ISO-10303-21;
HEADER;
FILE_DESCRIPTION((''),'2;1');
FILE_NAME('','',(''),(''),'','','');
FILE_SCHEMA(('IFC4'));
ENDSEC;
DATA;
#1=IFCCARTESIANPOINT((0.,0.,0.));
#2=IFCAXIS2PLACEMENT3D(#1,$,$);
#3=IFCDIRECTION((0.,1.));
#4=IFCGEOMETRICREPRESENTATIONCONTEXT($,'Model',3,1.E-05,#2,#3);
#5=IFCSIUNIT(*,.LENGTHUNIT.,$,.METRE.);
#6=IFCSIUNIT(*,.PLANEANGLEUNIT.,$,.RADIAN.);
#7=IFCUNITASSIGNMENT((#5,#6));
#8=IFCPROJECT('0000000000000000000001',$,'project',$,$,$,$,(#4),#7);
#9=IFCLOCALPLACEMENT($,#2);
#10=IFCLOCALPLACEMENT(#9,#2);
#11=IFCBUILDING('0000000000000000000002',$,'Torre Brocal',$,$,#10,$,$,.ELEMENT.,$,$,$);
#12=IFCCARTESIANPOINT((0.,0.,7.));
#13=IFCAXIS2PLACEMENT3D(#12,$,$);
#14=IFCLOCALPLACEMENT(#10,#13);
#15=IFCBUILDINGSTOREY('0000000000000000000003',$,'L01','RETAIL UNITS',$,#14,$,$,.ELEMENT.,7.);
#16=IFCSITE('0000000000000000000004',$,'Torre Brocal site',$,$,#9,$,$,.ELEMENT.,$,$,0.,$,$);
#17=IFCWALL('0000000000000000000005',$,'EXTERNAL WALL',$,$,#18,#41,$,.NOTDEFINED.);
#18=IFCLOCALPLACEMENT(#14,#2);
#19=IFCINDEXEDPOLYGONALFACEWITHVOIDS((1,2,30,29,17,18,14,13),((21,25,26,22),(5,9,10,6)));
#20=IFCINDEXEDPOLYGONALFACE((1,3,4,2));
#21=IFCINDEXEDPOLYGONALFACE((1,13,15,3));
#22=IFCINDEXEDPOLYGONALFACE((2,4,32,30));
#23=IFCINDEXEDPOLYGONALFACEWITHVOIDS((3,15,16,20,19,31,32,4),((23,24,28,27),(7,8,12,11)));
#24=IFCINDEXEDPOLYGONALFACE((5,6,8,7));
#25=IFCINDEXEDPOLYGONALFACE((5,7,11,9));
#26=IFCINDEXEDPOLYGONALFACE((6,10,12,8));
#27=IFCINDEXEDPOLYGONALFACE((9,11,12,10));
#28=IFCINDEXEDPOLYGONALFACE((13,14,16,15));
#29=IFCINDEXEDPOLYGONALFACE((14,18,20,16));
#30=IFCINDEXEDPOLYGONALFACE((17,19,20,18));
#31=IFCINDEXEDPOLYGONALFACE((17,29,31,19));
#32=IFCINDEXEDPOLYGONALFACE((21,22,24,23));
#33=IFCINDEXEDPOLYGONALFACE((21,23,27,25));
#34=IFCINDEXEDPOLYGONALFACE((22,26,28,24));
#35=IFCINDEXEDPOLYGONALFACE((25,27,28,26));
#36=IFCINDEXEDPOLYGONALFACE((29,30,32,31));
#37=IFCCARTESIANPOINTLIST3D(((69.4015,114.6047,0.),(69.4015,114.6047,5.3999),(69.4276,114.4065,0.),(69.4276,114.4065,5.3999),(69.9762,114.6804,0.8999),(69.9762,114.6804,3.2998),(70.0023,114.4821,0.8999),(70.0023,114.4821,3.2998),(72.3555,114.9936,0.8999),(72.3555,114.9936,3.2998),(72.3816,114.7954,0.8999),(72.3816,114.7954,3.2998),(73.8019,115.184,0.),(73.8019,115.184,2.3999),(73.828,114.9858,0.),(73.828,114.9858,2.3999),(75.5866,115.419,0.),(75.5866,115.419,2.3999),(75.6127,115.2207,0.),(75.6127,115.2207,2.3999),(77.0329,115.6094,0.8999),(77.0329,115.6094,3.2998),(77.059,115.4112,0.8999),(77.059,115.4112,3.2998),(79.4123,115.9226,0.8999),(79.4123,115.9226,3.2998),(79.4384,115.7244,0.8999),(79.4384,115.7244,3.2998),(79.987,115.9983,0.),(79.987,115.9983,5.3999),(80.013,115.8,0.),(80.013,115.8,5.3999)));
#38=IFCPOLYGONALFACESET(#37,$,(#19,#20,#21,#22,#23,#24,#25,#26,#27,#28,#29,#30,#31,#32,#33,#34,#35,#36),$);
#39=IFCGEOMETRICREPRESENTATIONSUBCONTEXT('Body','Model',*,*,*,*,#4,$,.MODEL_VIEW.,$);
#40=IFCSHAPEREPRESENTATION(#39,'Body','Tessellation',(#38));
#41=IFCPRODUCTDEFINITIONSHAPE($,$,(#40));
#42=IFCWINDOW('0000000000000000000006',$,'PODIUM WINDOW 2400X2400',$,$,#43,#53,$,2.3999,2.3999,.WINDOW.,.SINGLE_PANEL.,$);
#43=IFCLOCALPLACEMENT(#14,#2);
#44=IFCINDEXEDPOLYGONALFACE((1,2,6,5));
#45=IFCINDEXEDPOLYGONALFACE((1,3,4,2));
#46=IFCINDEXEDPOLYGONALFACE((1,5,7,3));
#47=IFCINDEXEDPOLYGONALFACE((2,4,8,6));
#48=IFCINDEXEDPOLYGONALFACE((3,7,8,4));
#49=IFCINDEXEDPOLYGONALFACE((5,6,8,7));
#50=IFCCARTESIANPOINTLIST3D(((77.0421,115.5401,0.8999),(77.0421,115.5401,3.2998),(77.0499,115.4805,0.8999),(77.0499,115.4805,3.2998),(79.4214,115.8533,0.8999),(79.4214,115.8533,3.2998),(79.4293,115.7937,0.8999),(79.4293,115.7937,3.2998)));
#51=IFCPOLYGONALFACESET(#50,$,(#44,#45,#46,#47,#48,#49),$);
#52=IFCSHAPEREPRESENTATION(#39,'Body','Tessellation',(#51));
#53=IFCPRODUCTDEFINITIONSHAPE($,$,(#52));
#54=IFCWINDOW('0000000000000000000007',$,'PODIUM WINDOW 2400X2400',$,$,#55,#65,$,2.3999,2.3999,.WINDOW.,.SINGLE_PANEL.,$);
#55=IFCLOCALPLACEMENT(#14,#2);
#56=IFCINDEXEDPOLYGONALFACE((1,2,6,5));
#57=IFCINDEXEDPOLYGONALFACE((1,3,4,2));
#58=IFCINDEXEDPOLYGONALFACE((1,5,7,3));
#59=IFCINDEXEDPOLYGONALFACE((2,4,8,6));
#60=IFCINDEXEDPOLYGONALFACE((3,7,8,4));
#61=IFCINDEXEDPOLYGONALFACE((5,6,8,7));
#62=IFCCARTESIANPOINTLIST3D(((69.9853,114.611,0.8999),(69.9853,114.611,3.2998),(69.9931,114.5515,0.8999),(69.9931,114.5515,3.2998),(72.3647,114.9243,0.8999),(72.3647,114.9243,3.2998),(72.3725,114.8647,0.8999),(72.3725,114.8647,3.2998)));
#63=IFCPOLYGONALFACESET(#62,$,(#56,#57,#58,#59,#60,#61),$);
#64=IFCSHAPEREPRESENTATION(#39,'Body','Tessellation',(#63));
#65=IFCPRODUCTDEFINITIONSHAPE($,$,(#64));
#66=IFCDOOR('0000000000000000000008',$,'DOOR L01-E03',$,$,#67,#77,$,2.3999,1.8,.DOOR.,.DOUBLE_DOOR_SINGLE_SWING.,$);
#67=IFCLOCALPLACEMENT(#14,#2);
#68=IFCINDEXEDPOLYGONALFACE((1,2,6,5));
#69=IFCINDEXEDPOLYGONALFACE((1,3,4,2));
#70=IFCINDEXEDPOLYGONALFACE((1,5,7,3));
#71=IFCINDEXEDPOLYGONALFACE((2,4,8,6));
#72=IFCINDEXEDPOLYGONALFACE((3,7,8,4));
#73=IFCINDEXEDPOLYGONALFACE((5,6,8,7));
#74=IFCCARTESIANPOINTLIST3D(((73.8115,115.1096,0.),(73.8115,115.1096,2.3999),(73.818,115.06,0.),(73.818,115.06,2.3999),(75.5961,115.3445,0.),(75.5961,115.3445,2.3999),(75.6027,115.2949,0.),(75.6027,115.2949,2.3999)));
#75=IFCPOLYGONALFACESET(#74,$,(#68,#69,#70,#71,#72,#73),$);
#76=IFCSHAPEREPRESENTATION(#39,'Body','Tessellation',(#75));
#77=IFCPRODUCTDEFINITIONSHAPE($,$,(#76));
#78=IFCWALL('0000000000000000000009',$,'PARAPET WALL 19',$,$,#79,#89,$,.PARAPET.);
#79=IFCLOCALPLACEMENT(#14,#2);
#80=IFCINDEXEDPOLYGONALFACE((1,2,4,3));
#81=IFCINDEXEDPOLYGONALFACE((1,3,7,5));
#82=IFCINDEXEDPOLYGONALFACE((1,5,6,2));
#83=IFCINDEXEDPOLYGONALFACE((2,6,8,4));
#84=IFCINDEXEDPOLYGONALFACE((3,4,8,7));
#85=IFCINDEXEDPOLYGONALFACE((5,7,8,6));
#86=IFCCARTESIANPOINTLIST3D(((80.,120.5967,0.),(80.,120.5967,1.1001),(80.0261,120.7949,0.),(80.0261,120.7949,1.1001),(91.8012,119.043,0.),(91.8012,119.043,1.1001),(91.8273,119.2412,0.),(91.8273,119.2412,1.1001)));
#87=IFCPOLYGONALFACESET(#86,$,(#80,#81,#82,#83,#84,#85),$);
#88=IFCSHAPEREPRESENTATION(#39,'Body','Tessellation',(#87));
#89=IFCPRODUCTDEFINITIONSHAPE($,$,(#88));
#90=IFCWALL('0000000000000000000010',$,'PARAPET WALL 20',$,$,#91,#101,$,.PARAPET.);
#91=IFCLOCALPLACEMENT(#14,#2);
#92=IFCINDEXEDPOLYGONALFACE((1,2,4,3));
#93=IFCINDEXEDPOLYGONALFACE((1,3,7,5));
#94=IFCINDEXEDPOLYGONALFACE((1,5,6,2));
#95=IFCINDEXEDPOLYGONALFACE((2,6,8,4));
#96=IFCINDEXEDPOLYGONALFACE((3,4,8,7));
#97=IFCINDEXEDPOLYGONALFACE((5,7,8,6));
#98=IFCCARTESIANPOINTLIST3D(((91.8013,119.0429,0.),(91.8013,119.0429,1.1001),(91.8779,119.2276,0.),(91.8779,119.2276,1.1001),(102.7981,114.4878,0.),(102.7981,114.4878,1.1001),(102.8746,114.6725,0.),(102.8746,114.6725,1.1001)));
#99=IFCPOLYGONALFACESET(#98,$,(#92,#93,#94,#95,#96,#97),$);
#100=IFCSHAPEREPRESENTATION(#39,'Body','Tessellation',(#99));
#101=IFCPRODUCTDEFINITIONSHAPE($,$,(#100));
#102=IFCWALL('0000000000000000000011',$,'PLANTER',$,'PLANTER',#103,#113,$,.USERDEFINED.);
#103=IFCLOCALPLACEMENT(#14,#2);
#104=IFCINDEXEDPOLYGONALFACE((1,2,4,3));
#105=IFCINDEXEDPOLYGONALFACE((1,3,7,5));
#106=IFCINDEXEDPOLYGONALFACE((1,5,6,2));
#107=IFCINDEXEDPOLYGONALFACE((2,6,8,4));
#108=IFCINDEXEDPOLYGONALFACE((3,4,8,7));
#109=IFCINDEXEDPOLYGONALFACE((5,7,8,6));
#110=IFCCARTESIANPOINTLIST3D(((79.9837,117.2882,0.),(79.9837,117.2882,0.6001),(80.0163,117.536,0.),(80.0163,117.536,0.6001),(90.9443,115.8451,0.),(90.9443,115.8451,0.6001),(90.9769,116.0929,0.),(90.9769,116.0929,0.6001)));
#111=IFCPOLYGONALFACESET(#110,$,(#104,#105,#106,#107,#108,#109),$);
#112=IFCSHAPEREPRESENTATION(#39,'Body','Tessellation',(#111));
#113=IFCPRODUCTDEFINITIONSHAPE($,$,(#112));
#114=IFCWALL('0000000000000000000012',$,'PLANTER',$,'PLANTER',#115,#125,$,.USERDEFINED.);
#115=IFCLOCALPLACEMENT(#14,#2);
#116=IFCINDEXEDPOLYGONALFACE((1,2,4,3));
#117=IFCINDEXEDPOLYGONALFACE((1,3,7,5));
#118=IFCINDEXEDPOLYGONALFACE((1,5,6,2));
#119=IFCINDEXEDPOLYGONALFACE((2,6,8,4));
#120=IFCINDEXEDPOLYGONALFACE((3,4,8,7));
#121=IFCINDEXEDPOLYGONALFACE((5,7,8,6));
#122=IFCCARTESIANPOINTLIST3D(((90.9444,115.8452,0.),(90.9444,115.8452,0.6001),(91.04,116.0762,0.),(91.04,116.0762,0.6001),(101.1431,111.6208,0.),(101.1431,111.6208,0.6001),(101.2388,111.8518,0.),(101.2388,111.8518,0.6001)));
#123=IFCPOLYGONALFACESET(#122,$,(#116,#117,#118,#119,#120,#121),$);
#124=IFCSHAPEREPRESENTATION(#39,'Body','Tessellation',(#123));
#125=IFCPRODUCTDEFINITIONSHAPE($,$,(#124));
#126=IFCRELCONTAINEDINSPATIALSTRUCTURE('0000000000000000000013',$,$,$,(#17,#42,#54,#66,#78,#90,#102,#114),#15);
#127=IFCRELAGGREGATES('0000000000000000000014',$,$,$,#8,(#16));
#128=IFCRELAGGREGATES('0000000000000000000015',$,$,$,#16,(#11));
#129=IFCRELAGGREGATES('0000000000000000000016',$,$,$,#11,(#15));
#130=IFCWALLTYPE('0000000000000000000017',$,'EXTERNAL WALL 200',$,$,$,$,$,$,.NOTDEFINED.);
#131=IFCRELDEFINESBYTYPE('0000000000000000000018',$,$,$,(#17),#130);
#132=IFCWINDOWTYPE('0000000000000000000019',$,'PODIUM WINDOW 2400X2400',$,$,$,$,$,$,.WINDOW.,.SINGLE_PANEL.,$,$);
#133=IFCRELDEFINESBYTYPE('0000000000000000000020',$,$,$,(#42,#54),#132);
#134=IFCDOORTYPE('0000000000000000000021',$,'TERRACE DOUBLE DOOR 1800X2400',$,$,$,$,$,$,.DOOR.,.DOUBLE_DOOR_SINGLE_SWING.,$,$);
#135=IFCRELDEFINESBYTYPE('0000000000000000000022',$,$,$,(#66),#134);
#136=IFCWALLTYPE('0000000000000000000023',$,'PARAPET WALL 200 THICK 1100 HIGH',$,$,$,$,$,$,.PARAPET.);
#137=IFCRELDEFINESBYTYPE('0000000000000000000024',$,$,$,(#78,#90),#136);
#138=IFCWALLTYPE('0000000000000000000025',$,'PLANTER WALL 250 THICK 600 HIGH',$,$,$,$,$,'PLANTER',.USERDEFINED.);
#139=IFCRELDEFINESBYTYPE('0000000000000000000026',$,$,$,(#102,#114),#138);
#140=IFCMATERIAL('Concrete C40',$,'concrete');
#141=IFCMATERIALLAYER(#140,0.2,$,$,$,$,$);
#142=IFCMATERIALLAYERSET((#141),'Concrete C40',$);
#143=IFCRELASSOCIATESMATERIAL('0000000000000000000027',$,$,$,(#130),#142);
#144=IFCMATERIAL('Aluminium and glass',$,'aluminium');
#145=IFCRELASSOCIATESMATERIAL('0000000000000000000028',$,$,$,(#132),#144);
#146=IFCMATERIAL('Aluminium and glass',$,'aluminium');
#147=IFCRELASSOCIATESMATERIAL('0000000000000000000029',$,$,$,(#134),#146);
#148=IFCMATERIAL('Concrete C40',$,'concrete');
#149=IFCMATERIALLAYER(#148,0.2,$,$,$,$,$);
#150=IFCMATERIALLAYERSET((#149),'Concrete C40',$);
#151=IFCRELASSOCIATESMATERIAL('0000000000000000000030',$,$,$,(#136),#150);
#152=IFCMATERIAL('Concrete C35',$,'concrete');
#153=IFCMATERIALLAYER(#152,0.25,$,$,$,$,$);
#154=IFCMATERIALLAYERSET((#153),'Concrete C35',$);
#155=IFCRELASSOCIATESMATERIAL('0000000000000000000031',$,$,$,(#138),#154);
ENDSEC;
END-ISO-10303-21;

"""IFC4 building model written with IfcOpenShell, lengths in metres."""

from ifc_helpers import new_model, si_unit, direction, frame, frame_2d, origin, place, context, subcontext, project, spatial, rectangle, extrude, material, layer, layer_set, type_object, element, fill, save


model = new_model("IFC4")

# Units and contexts
model_context = context("Model", 3, precision=1e-05, world=origin(), true_north=direction((0.0, 1.0)))
body_context = subcontext(model_context, "Body", "Model", "MODEL_VIEW")
ifc_project = project(units=[si_unit("LENGTHUNIT", "METRE"), si_unit("PLANEANGLEUNIT", "RADIAN")], contexts=[model_context])

# Site, building, storey
site_placement = place(None, origin())
site = spatial("IfcSite", under=ifc_project, at=site_placement, Name="Torre Brocal site", CompositionType="ELEMENT", RefElevation=0.0)
building_placement = place(site_placement, origin())
building = spatial("IfcBuilding", under=site, at=building_placement, Name="Torre Brocal", CompositionType="ELEMENT")
storey_placement = place(building_placement, frame((0.0, 0.0, 7.0)))
storey = spatial("IfcBuildingStorey", under=building, at=storey_placement, Name="L01", Description="RETAIL UNITS", CompositionType="ELEMENT", Elevation=7.0)

# Wall, openings, windows, door
ifc_material_1 = material(Name="Concrete C40", Category="concrete")
ifc_layer_1 = layer(ifc_material_1, 0.2)
ifc_layer_set_1 = layer_set([ifc_layer_1], Name="Concrete C40")
wall_type_1 = type_object("IfcWallType", Name="EXTERNAL WALL 200", PredefinedType="NOTDEFINED", material=ifc_layer_set_1)
wall_1_placement = place(storey_placement, frame((80.0, 115.8992, 0.0), z_axis=(0.0, 0.0, 1.0), x_axis=(-0.991445, -0.130522, 0.0)))
wall_1 = element("IfcWall", 1, at=wall_1_placement, inside=storey, type_object=wall_type_1, Name="EXTERNAL WALL", PredefinedType="NOTDEFINED", context=body_context, shape_type="SweptSolid", body=[
    extrude(rectangle(XDim=10.6768, YDim=0.2, at=frame_2d((5.3384, 0.0))), origin(), (0.0, 0.0, 1.0), 5.3999),
])
opening_1_placement = place(wall_1_placement, frame((0.5796, 0.0, 0.8999)))
opening_1 = element("IfcOpeningElement", 2, at=opening_1_placement, cuts=wall_1, PredefinedType="OPENING", context=body_context, shape_type="SweptSolid", body=[
    extrude(rectangle(XDim=2.3999, YDim=2.3999, at=frame_2d((1.2, 1.2))), frame((0.0, 0.1099, 0.0), z_axis=(0.0, -1.0, 0.0), x_axis=(1.0, 0.0, 0.0)), (0.0, 0.0, 1.0), 0.22),
])
opening_2_placement = place(wall_1_placement, frame((4.4385, 0.0, 0.0)))
opening_2 = element("IfcOpeningElement", 3, at=opening_2_placement, cuts=wall_1, PredefinedType="OPENING", context=body_context, shape_type="SweptSolid", body=[
    extrude(rectangle(XDim=1.8, YDim=2.3999, at=frame_2d((0.8999, 1.2))), frame((0.0, 0.1099, 0.0), z_axis=(0.0, -1.0, 0.0), x_axis=(1.0, 0.0, 0.0)), (0.0, 0.0, 1.0), 0.22),
])
opening_3_placement = place(wall_1_placement, frame((7.6973, 0.0, 0.8999)))
opening_3 = element("IfcOpeningElement", 4, at=opening_3_placement, cuts=wall_1, PredefinedType="OPENING", context=body_context, shape_type="SweptSolid", body=[
    extrude(rectangle(XDim=2.3999, YDim=2.3999, at=frame_2d((1.2, 1.2))), frame((0.0, 0.1099, 0.0), z_axis=(0.0, -1.0, 0.0), x_axis=(1.0, 0.0, 0.0)), (0.0, 0.0, 1.0), 0.22),
])
ifc_material_2 = material(Name="Aluminium and glass", Category="aluminium")
window_type = type_object("IfcWindowType", Name="PODIUM WINDOW 2400X2400", PartitioningType="SINGLE_PANEL", PredefinedType="WINDOW", material=ifc_material_2)
window_1_placement = place(opening_1_placement, origin())
window_1 = element("IfcWindow", 5, at=window_1_placement, inside=storey, type_object=window_type, Name="PODIUM WINDOW 2400X2400", OverallHeight=2.3999, OverallWidth=2.3999, PartitioningType="SINGLE_PANEL", PredefinedType="WINDOW", context=body_context, shape_type="SweptSolid", body=[
    extrude(rectangle(XDim=2.3999, YDim=2.3999, at=frame_2d((1.2, 1.2))), frame((0.0, 0.03, 0.0), z_axis=(0.0, -1.0, 0.0), x_axis=(1.0, 0.0, 0.0)), (0.0, 0.0, 1.0), 0.0601),
])
fill(opening_1, window_1)
window_2_placement = place(opening_3_placement, origin())
window_2 = element("IfcWindow", 6, at=window_2_placement, inside=storey, type_object=window_type, Name="PODIUM WINDOW 2400X2400", OverallHeight=2.3999, OverallWidth=2.3999, PartitioningType="SINGLE_PANEL", PredefinedType="WINDOW", context=body_context, shape_type="SweptSolid", body=[
    extrude(rectangle(XDim=2.3999, YDim=2.3999, at=frame_2d((1.2, 1.2))), frame((0.0, 0.03, 0.0), z_axis=(0.0, -1.0, 0.0), x_axis=(1.0, 0.0, 0.0)), (0.0, 0.0, 1.0), 0.0601),
])
fill(opening_3, window_2)
ifc_material_3 = material(Name="Aluminium and glass", Category="aluminium")
door_type = type_object("IfcDoorType", Name="TERRACE DOUBLE DOOR 1800X2400", OperationType="DOUBLE_DOOR_SINGLE_SWING", PredefinedType="DOOR", material=ifc_material_3)
door_placement = place(opening_2_placement, frame((1.8, 0.0, 0.0), z_axis=(0.0, 0.0, 1.0), x_axis=(-1.0, 0.0, 0.0)))
door = element("IfcDoor", 7, at=door_placement, inside=storey, type_object=door_type, Name="DOOR L01-E03", OperationType="DOUBLE_DOOR_SINGLE_SWING", OverallHeight=2.3999, OverallWidth=1.8, PredefinedType="DOOR", context=body_context, shape_type="SweptSolid", body=[
    extrude(rectangle(XDim=1.8, YDim=2.3999, at=frame_2d((0.8999, 1.2))), frame((0.0, 0.0249, 0.0), z_axis=(0.0, -1.0, 0.0), x_axis=(1.0, 0.0, 0.0)), (0.0, 0.0, 1.0), 0.05),
])
fill(opening_2, door)

# Walls
ifc_material_4 = material(Name="Concrete C40", Category="concrete")
ifc_layer_2 = layer(ifc_material_4, 0.2)
ifc_layer_set_2 = layer_set([ifc_layer_2], Name="Concrete C40")
wall_type_2 = type_object("IfcWallType", Name="PARAPET WALL 200 THICK 1100 HIGH", PredefinedType="PARAPET", material=ifc_layer_set_2)
wall_2_placement = place(storey_placement, frame((80.0129, 120.6958, 0.0), z_axis=(0.0, 0.0, 1.0), x_axis=(0.991444, -0.13053, 0.0)))
element("IfcWall", 8, at=wall_2_placement, inside=storey, type_object=wall_type_2, Name="PARAPET WALL 19", PredefinedType="PARAPET", context=body_context, shape_type="SweptSolid", body=[
    extrude(rectangle(XDim=11.9031, YDim=0.2, at=frame_2d((5.9517, 0.0))), origin(), (0.0, 0.0, 1.0), 1.1001),
])
wall_3_placement = place(storey_placement, frame((91.8396, 119.1353, 0.0), z_axis=(0.0, 0.0, 1.0), x_axis=(0.923875, -0.382694, 0.0)))
element("IfcWall", 9, at=wall_3_placement, inside=storey, type_object=wall_type_2, Name="PARAPET WALL 20", PredefinedType="PARAPET", context=body_context, shape_type="SweptSolid", body=[
    extrude(rectangle(XDim=11.9028, YDim=0.2, at=frame_2d((5.9514, 0.0))), origin(), (0.0, 0.0, 1.0), 1.1001),
])
ifc_material_5 = material(Name="Concrete C35", Category="concrete")
ifc_layer_3 = layer(ifc_material_5, 0.25)
ifc_layer_set_3 = layer_set([ifc_layer_3], Name="Concrete C35")
wall_type_3 = type_object("IfcWallType", Name="PLANTER WALL 250 THICK 600 HIGH", ElementType="PLANTER", PredefinedType="USERDEFINED", material=ifc_layer_set_3)
wall_4_placement = place(storey_placement, frame((80.0, 117.4121, 0.0), z_axis=(0.0, 0.0, 1.0), x_axis=(0.991444, -0.130536, 0.0)))
element("IfcWall", 10, at=wall_4_placement, inside=storey, type_object=wall_type_3, Name="PLANTER", ObjectType="PLANTER", PredefinedType="USERDEFINED", context=body_context, shape_type="SweptSolid", body=[
    extrude(rectangle(XDim=11.0552, YDim=0.25, at=frame_2d((5.5276, 0.0))), origin(), (0.0, 0.0, 1.0), 0.6001),
])
wall_5_placement = place(storey_placement, frame((90.9922, 115.9607, 0.0), z_axis=(0.0, 0.0, 1.0), x_axis=(0.923882, -0.382677, 0.0)))
element("IfcWall", 11, at=wall_5_placement, inside=storey, type_object=wall_type_3, Name="PLANTER", ObjectType="PLANTER", PredefinedType="USERDEFINED", context=body_context, shape_type="SweptSolid", body=[
    extrude(rectangle(XDim=11.0391, YDim=0.25, at=frame_2d((5.5195, 0.0))), origin(), (0.0, 0.0, 1.0), 0.6001),
])

save(model, "model.ifc")
